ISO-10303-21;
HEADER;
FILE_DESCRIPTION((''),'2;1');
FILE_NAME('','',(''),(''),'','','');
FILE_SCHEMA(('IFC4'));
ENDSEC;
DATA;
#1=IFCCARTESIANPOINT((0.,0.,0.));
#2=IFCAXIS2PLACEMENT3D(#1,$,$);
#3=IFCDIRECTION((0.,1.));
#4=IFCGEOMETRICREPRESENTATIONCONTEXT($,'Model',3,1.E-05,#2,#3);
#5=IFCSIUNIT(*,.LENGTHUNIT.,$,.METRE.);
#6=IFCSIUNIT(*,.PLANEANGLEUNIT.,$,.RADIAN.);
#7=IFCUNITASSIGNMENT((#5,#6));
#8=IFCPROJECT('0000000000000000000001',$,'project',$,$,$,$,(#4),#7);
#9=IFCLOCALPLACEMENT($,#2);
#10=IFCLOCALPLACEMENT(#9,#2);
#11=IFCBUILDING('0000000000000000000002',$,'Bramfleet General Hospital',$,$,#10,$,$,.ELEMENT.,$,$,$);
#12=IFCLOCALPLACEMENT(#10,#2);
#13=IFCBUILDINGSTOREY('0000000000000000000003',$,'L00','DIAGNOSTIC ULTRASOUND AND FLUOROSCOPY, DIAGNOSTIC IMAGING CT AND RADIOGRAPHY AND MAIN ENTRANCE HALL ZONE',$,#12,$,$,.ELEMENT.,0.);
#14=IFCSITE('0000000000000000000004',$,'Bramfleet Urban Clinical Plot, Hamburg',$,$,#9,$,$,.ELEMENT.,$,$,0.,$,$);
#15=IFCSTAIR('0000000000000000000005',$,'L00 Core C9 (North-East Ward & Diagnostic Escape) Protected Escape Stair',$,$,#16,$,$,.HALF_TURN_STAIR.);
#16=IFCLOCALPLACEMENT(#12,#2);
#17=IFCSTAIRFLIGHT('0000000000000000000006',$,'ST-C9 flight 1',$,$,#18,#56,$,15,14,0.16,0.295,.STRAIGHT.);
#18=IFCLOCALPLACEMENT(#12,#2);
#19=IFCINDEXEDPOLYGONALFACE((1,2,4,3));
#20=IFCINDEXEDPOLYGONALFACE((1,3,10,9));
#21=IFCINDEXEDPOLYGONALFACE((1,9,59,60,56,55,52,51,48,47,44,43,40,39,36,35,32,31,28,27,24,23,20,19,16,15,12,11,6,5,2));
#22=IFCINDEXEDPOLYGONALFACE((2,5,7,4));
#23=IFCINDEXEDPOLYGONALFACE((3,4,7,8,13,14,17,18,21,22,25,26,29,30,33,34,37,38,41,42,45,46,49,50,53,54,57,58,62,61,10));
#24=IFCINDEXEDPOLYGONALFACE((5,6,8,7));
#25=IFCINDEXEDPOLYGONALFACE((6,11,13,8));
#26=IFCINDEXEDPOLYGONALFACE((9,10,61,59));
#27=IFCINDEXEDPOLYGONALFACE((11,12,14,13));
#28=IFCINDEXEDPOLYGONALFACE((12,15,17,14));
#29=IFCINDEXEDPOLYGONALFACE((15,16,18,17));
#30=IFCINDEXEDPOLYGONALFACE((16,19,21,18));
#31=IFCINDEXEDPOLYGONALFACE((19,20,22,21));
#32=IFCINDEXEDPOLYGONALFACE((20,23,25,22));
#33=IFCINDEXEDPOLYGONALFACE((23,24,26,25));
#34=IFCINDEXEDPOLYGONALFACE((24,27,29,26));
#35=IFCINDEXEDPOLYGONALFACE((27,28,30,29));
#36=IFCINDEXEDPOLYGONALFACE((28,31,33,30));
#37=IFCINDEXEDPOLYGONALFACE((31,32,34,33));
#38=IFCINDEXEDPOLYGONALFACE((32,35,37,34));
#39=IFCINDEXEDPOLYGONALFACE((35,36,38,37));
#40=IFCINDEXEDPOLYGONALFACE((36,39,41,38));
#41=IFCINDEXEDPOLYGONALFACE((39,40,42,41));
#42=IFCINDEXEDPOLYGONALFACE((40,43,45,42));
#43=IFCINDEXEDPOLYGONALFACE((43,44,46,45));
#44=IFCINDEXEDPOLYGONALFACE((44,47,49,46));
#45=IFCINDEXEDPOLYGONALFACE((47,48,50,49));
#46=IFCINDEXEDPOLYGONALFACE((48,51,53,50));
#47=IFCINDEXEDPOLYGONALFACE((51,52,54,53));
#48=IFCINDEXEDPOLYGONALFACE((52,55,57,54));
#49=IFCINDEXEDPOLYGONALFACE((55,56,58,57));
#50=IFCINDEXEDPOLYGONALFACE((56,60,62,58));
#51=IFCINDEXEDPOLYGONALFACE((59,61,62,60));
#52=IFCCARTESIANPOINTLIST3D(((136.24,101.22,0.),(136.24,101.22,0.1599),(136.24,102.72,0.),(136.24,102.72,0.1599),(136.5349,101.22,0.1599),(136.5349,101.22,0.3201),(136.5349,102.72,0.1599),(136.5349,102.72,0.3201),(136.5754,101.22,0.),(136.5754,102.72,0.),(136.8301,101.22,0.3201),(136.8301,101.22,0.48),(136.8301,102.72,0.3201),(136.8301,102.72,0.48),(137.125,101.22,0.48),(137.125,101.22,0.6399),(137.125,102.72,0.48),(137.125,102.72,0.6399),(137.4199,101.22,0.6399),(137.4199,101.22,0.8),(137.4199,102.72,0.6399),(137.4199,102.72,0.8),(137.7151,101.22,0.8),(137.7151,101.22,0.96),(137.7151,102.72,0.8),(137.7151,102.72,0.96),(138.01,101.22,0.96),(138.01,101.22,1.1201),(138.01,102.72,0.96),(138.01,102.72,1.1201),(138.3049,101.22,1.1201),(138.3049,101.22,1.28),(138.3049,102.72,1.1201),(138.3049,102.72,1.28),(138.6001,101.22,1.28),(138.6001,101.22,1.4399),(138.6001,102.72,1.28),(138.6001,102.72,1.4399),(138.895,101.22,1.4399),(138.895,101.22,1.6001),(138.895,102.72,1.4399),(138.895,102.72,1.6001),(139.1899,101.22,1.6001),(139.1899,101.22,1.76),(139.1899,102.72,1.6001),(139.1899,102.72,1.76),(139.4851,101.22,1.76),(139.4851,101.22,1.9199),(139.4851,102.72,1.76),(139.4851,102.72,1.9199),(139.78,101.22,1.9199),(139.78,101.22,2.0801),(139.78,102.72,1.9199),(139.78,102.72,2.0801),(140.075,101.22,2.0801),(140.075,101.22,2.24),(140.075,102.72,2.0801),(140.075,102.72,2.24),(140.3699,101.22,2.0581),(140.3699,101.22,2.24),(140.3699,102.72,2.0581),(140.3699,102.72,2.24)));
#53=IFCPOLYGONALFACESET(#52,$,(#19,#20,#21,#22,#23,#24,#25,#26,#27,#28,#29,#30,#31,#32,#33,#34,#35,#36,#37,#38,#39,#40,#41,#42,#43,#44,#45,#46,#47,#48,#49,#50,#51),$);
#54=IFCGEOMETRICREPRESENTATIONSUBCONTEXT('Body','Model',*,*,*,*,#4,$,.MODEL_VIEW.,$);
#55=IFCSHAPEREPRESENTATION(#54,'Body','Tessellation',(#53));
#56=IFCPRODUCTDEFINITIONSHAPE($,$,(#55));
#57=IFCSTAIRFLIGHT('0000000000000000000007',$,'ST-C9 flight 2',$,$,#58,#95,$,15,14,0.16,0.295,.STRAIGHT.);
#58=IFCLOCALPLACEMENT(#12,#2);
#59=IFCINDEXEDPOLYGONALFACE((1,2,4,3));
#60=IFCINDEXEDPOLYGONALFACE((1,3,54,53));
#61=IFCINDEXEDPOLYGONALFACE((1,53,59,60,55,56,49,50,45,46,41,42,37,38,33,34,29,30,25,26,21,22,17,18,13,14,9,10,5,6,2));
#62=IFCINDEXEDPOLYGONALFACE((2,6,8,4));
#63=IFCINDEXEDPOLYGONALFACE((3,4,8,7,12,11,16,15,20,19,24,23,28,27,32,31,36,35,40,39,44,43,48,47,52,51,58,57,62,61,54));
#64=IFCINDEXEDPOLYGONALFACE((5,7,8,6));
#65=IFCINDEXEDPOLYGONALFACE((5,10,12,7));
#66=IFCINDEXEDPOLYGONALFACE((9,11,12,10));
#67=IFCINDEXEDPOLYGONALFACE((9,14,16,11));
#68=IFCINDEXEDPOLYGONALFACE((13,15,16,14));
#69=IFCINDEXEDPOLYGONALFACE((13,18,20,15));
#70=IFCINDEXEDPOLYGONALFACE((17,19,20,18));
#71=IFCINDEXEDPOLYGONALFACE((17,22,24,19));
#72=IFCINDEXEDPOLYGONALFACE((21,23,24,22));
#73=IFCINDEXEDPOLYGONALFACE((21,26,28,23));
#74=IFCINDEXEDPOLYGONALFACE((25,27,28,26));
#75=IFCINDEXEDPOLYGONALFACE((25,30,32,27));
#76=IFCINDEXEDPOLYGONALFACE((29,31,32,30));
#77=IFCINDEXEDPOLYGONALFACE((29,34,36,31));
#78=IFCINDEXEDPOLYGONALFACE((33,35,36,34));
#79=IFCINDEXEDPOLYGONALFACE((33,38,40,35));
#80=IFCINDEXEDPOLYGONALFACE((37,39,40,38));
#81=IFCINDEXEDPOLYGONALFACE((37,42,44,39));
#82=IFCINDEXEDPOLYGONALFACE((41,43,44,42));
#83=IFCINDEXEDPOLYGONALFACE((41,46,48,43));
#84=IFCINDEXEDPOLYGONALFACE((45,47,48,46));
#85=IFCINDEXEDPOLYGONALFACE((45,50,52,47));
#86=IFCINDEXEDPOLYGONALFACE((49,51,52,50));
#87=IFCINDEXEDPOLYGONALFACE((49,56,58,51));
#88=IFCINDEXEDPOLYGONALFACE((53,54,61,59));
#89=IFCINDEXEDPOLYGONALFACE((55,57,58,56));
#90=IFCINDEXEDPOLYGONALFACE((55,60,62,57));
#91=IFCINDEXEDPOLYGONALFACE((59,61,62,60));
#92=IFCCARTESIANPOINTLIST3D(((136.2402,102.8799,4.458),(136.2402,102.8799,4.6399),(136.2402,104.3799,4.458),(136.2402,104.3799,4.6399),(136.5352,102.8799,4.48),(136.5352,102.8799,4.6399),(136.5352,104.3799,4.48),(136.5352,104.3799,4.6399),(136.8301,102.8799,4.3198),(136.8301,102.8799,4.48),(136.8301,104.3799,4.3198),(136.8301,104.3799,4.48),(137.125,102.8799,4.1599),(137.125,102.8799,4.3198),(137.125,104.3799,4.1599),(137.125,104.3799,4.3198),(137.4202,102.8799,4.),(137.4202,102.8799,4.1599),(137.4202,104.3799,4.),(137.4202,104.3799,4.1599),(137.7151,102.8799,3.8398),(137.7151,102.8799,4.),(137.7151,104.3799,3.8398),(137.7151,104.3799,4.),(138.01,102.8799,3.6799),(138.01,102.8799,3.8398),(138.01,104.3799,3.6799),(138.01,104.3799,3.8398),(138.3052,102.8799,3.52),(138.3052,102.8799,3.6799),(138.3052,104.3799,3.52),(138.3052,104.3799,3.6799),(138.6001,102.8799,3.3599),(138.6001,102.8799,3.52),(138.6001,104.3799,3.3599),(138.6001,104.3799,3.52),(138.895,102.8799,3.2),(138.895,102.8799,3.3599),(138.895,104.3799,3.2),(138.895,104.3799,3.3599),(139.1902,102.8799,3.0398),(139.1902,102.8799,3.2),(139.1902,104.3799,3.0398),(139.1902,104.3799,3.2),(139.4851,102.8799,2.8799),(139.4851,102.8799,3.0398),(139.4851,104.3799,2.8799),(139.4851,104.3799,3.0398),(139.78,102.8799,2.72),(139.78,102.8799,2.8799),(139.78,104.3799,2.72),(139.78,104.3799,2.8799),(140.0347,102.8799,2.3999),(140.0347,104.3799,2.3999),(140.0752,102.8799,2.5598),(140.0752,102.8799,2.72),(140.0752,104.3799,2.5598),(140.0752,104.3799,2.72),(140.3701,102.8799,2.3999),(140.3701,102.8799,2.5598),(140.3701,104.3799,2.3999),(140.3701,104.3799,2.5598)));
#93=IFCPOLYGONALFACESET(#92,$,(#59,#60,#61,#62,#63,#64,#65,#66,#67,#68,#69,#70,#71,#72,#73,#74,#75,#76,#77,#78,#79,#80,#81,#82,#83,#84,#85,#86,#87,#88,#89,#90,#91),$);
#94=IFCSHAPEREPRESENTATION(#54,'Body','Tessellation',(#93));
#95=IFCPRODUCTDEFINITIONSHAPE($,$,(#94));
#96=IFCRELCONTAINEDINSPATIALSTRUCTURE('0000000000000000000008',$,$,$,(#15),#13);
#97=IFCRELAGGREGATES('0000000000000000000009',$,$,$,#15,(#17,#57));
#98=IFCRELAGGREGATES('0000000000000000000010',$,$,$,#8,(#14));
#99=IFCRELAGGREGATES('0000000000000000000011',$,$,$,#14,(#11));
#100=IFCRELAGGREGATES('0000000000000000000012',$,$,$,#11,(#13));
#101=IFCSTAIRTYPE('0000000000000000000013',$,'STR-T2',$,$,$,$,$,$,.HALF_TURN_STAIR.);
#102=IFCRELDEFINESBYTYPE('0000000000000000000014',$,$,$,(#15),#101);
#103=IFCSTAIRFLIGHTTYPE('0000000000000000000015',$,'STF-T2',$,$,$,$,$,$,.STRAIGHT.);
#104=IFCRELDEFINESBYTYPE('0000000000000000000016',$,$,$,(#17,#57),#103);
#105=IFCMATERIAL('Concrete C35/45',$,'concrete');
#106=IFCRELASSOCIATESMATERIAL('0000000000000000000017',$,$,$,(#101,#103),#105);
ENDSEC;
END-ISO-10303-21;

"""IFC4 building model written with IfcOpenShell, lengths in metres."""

from ifc_helpers import new_model, si_unit, direction, frame, origin, place, context, subcontext, project, spatial, polyline, outline, extrude, material, type_object, element, aggregate, save


model = new_model("IFC4")

# Units and contexts
model_context = context("Model", 3, precision=1e-05, world=origin(), true_north=direction((0.0, 1.0)))
body_context = subcontext(model_context, "Body", "Model", "MODEL_VIEW")
ifc_project = project(units=[si_unit("LENGTHUNIT", "METRE"), si_unit("PLANEANGLEUNIT", "RADIAN")], contexts=[model_context])

# Site, building, storey
site_placement = place(None, origin())
site = spatial("IfcSite", under=ifc_project, at=site_placement, Name="Bramfleet Urban Clinical Plot, Hamburg", CompositionType="ELEMENT", RefElevation=0.0)
building_placement = place(site_placement, origin())
building = spatial("IfcBuilding", under=site, at=building_placement, Name="Bramfleet General Hospital", CompositionType="ELEMENT")
storey_placement = place(building_placement, origin())
storey = spatial("IfcBuildingStorey", under=building, at=storey_placement, Name="L00", Description="DIAGNOSTIC ULTRASOUND AND FLUOROSCOPY, DIAGNOSTIC IMAGING CT AND RADIOGRAPHY AND MAIN ENTRANCE HALL ZONE", CompositionType="ELEMENT", Elevation=0.0)

# Shared definitions
ifc_material_1 = material(Name="Concrete C35/45", Category="concrete")

# Stair, stair flights
stair_type = type_object("IfcStairType", Name="STR-T2", PredefinedType="HALF_TURN_STAIR", material=ifc_material_1)
stair_placement = place(storey_placement, origin())
stair = element("IfcStair", 1, at=stair_placement, inside=storey, type_object=stair_type, Name="L00 Core C9 (North-East Ward & Diagnostic Escape) Protected Escape Stair", PredefinedType="HALF_TURN_STAIR")
stair_flight_type = type_object("IfcStairFlightType", Name="STF-T2", PredefinedType="STRAIGHT", material=ifc_material_1)
stair_flight_1_placement = place(storey_placement, frame((136.24, 101.97, 0.0), z_axis=(0.0, 0.0, 1.0), x_axis=(1.0, 0.0, 0.0)))
stair_flight_1 = element("IfcStairFlight", 2, at=stair_flight_1_placement, type_object=stair_flight_type, Name="ST-C9 flight 1", NumberOfRisers=15, NumberOfTreads=14, PredefinedType="STRAIGHT", RiserHeight=0.16, TreadLength=0.295, context=body_context, shape_type="SweptSolid", body=[
    extrude(outline(polyline([(0.0, 0.0), (0.0, 0.1599), (0.2949, 0.1599), (0.2949, 0.3201), (0.5901, 0.3201), (0.5901, 0.48), (0.885, 0.48), (0.885, 0.6399), (1.1799, 0.6399), (1.1799, 0.8), (1.4751, 0.8), (1.4751, 0.96), (1.77, 0.96), (1.77, 1.1201), (2.0649, 1.1201), (2.0649, 1.28), (2.3601, 1.28), (2.3601, 1.4399), (2.655, 1.4399), (2.655, 1.6001), (2.95, 1.6001), (2.95, 1.76), (3.2451, 1.76), (3.2451, 1.9199), (3.54, 1.9199), (3.54, 2.0801), (3.835, 2.0801), (3.835, 2.24), (4.1299, 2.24), (4.1299, 2.3999), (4.1299, 2.0581), (0.3354, 0.0), (0.0, 0.0)])), frame((0.0, 0.75, 0.0), z_axis=(0.0, -1.0, 0.0), x_axis=(1.0, 0.0, 0.0)), (0.0, 0.0, 1.0), 1.5),
])
stair_flight_2_placement = place(storey_placement, frame((140.3701, 103.6299, 2.3999), z_axis=(0.0, 0.0, 1.0), x_axis=(-1.0, 0.0, 0.0)))
stair_flight_2 = element("IfcStairFlight", 3, at=stair_flight_2_placement, type_object=stair_flight_type, Name="ST-C9 flight 2", NumberOfRisers=15, NumberOfTreads=14, PredefinedType="STRAIGHT", RiserHeight=0.16, TreadLength=0.295, context=body_context, shape_type="SweptSolid", body=[
    extrude(outline(polyline([(0.0, 0.0), (0.0, 0.1599), (0.2949, 0.1599), (0.2949, 0.3201), (0.5901, 0.3201), (0.5901, 0.48), (0.885, 0.48), (0.885, 0.6399), (1.1799, 0.6399), (1.1799, 0.8), (1.4751, 0.8), (1.4751, 0.96), (1.77, 0.96), (1.77, 1.1201), (2.0649, 1.1201), (2.0649, 1.28), (2.3601, 1.28), (2.3601, 1.4399), (2.655, 1.4399), (2.655, 1.6001), (2.95, 1.6001), (2.95, 1.76), (3.2451, 1.76), (3.2451, 1.9199), (3.54, 1.9199), (3.54, 2.0801), (3.835, 2.0801), (3.835, 2.24), (4.1299, 2.24), (4.1299, 2.3999), (4.1299, 2.0581), (0.3354, 0.0), (0.0, 0.0)])), frame((0.0, 0.75, 0.0), z_axis=(0.0, -1.0, 0.0), x_axis=(1.0, 0.0, 0.0)), (0.0, 0.0, 1.0), 1.5),
])
aggregate(stair, [stair_flight_1, stair_flight_2])

save(model, "model.ifc")
